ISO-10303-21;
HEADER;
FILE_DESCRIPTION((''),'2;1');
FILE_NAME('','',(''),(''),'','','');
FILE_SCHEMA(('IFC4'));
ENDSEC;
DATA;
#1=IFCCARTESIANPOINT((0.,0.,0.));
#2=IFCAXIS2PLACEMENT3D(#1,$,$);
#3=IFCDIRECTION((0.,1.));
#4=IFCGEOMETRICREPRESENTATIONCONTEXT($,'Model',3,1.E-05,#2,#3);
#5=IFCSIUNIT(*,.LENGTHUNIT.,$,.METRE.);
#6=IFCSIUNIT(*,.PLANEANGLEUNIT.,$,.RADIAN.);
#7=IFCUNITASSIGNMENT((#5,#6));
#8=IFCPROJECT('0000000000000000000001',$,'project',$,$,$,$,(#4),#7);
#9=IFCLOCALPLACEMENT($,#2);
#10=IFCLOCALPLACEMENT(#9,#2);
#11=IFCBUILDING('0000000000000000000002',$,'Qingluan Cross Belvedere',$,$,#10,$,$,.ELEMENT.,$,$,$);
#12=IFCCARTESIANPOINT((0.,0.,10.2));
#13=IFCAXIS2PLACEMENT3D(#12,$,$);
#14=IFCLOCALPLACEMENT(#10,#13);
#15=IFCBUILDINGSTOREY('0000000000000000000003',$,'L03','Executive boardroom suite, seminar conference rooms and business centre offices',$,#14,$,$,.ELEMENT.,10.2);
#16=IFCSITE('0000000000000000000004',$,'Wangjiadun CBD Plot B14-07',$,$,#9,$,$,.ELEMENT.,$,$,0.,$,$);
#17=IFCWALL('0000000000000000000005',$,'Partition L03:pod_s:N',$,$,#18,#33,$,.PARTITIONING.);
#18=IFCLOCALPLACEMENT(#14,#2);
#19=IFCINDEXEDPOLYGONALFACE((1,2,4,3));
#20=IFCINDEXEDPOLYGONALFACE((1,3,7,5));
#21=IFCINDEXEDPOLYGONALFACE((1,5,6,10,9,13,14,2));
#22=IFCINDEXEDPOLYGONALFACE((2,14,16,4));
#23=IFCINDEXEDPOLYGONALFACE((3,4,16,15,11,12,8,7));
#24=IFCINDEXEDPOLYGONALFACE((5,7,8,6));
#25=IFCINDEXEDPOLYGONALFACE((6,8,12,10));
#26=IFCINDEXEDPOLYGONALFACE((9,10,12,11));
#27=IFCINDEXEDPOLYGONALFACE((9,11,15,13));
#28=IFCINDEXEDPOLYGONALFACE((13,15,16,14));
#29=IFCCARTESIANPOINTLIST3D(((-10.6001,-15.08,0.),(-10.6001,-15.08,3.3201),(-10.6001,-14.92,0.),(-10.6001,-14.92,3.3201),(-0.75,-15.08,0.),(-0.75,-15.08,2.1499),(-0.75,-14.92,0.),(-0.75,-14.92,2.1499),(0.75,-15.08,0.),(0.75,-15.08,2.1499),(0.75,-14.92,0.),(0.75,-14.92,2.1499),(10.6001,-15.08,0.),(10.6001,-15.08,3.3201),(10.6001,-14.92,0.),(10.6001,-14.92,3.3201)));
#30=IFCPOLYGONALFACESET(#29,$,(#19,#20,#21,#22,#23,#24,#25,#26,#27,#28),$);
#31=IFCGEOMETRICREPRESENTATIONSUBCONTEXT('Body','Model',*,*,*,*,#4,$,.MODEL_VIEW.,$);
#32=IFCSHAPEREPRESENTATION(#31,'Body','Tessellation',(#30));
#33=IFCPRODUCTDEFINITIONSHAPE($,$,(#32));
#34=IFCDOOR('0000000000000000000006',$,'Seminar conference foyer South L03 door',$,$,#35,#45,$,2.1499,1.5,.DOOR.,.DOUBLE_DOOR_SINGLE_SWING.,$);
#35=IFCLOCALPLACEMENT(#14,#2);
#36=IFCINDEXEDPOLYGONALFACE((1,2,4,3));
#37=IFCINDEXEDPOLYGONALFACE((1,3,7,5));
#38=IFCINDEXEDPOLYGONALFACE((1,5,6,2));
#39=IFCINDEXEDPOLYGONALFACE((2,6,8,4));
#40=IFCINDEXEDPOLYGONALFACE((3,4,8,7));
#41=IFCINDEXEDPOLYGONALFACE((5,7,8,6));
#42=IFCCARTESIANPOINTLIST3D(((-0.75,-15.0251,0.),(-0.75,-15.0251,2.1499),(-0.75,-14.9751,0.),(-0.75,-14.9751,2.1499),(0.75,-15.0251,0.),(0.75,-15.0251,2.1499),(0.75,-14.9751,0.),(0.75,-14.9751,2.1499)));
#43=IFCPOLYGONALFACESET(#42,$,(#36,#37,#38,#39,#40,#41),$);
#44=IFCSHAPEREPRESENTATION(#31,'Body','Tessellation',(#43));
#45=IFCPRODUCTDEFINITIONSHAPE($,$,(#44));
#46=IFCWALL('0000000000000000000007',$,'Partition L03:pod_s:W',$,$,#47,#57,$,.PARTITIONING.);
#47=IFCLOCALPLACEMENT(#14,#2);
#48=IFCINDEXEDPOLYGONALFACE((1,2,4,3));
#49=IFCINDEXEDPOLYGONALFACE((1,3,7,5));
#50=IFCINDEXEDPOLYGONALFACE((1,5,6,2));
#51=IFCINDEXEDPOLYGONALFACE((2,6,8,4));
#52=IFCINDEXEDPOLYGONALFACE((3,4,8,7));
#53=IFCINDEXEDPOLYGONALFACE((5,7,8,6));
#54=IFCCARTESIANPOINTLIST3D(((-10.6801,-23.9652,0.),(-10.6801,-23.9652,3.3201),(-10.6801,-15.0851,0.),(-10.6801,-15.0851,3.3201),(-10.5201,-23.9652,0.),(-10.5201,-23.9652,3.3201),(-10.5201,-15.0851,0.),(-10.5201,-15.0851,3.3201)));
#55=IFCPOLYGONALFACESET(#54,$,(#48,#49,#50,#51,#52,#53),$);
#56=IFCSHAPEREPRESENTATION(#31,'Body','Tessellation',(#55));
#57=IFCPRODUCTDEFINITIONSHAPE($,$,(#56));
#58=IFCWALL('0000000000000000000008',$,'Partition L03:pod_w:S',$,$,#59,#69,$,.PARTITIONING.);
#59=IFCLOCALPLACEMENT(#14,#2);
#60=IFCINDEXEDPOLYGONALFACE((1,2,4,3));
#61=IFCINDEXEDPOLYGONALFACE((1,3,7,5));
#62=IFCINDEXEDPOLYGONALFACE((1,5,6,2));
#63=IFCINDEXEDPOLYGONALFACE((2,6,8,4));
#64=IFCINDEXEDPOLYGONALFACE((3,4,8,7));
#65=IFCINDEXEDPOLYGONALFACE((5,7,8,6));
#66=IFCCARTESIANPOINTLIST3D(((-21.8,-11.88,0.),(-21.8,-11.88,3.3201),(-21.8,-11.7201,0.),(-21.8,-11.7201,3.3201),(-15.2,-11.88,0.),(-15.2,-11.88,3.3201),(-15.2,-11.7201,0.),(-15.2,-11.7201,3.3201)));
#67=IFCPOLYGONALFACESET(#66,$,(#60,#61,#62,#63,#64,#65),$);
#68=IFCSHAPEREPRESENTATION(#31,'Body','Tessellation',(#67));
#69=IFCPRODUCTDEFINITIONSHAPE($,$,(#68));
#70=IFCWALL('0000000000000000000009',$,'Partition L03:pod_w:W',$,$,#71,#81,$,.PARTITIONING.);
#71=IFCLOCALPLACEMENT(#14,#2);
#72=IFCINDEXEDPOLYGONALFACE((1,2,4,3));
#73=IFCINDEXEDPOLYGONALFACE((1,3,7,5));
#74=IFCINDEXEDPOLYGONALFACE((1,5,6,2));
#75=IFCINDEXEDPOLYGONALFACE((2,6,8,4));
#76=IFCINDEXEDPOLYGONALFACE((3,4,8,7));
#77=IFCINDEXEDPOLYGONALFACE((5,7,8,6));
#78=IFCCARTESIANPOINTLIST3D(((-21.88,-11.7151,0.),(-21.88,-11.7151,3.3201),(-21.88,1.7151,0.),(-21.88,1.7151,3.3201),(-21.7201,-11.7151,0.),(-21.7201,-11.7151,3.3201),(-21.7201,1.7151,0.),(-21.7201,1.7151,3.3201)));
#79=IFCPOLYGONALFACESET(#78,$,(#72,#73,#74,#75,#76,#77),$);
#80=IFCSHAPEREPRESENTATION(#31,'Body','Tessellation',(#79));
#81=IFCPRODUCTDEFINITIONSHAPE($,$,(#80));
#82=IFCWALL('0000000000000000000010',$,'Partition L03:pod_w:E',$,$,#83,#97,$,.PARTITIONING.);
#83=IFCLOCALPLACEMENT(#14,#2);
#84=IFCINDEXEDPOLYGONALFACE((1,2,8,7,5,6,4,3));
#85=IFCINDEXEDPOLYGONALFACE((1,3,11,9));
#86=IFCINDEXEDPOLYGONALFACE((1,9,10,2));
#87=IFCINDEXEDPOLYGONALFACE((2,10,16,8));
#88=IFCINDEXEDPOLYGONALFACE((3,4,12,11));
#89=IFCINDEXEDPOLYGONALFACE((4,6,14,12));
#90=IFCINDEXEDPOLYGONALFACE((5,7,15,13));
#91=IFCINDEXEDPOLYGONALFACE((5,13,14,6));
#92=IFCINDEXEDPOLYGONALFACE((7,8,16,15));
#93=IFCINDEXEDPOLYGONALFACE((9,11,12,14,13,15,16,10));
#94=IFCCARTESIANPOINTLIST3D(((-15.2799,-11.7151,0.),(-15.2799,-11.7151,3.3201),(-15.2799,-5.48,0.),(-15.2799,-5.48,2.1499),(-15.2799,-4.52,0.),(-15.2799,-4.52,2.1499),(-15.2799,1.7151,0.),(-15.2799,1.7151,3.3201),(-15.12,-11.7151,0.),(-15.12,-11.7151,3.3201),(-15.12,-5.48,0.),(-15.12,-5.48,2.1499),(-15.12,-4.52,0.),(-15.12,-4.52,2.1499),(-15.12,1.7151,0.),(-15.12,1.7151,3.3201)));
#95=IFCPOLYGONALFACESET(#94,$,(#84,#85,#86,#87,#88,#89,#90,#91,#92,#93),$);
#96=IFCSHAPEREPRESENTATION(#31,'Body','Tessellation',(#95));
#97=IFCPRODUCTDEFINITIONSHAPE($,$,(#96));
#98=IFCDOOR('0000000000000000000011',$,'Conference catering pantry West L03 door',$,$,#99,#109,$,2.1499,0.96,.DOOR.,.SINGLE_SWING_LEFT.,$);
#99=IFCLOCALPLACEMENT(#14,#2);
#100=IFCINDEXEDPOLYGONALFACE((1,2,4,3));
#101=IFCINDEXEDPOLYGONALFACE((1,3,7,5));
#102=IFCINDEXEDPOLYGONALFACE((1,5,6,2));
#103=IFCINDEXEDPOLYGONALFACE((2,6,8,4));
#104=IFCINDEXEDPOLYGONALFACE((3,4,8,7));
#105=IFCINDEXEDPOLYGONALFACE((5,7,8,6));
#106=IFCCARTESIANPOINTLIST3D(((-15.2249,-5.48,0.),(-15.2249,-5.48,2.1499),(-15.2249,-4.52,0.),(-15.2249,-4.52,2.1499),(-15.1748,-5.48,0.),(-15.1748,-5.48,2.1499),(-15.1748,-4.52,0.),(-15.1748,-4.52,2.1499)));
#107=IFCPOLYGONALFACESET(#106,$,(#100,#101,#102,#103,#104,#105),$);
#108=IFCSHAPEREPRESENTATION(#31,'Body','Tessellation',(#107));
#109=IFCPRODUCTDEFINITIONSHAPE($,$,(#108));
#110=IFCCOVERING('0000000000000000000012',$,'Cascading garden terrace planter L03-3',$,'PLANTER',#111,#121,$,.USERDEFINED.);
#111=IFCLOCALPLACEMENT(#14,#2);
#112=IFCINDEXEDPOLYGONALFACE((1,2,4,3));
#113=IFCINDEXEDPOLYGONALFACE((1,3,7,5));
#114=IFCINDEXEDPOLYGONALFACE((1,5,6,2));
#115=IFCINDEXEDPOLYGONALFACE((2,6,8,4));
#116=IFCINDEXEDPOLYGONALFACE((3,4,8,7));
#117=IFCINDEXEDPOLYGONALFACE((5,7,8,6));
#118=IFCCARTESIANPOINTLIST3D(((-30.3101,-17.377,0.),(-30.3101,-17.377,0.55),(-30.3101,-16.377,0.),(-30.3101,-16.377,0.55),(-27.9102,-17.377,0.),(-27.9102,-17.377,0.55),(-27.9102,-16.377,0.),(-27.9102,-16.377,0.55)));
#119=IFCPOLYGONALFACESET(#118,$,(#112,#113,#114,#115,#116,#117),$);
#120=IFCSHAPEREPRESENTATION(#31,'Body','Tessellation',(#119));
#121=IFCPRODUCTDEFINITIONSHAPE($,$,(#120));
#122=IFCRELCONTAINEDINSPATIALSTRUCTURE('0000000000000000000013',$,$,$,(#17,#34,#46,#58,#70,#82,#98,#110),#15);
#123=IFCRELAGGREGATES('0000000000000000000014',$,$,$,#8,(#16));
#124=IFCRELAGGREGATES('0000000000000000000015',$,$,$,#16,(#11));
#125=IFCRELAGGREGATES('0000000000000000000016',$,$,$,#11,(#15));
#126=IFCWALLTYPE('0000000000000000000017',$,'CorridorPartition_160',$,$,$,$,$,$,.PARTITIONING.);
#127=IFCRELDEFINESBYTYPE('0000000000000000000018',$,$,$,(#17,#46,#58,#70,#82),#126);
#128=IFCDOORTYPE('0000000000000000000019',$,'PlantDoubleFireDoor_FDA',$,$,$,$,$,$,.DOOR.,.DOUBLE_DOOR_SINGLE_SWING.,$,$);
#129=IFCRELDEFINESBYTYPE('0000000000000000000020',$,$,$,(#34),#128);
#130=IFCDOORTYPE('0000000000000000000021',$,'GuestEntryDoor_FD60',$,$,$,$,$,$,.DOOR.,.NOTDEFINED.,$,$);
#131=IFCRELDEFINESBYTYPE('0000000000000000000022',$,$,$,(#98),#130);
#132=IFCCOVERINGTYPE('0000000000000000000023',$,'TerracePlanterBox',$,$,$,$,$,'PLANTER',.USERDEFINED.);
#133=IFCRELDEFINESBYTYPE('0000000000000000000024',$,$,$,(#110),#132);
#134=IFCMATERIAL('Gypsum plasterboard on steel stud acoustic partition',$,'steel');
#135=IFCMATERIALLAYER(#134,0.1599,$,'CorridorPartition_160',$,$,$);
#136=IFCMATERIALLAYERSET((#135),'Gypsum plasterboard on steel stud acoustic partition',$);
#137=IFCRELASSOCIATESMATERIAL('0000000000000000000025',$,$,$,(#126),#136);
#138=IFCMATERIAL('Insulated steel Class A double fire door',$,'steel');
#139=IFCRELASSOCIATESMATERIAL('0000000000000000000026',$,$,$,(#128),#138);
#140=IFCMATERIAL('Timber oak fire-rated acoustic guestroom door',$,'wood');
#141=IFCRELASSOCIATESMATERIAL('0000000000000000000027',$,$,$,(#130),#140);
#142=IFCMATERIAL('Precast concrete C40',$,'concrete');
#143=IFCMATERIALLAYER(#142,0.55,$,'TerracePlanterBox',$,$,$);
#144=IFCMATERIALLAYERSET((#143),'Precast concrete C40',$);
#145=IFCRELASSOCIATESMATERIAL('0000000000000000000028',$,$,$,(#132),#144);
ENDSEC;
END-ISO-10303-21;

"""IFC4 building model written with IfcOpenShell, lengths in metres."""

from ifc_helpers import new_model, si_unit, direction, frame, frame_2d, origin, origin_2d, place, context, subcontext, project, spatial, rectangle, extrude, material, layer, layer_set, type_object, element, fill, save


model = new_model("IFC4")

# Units and contexts
model_context = context("Model", 3, precision=1e-05, world=origin(), true_north=direction((0.0, 1.0)))
body_context = subcontext(model_context, "Body", "Model", "MODEL_VIEW")
ifc_project = project(units=[si_unit("LENGTHUNIT", "METRE"), si_unit("PLANEANGLEUNIT", "RADIAN")], contexts=[model_context])

# Site, building, storey
site_placement = place(None, origin())
site = spatial("IfcSite", under=ifc_project, at=site_placement, Name="Wangjiadun CBD Plot B14-07", CompositionType="ELEMENT", RefElevation=0.0)
building_placement = place(site_placement, origin())
building = spatial("IfcBuilding", under=site, at=building_placement, Name="Qingluan Cross Belvedere", CompositionType="ELEMENT")
storey_placement = place(building_placement, frame((0.0, 0.0, 10.2)))
storey = spatial("IfcBuildingStorey", under=building, at=storey_placement, Name="L03", Description="Executive boardroom suite, seminar conference rooms and business centre offices", CompositionType="ELEMENT", Elevation=10.2)

# Wall, opening, door
ifc_material_1 = material(Name="Gypsum plasterboard on steel stud acoustic partition", Category="steel")
ifc_layer_1 = layer(ifc_material_1, 0.1599, Name="CorridorPartition_160")
ifc_layer_set_1 = layer_set([ifc_layer_1], Name="Gypsum plasterboard on steel stud acoustic partition")
wall_type = type_object("IfcWallType", Name="CorridorPartition_160", PredefinedType="PARTITIONING", material=ifc_layer_set_1)
wall_1_placement = place(storey_placement, frame((-10.6001, -15.0, 0.0), z_axis=(0.0, 0.0, 1.0), x_axis=(1.0, 0.0, 0.0)))
wall_1 = element("IfcWall", 1, at=wall_1_placement, inside=storey, type_object=wall_type, Name="Partition L03:pod_s:N", PredefinedType="PARTITIONING", context=body_context, shape_type="SweptSolid", body=[
    extrude(rectangle(XDim=21.2002, YDim=0.1599, at=frame_2d((10.6001, 0.0))), origin(), (0.0, 0.0, 1.0), 3.3201),
])
opening_1_placement = place(wall_1_placement, frame((9.8501, 0.0, 0.0)))
opening_1 = element("IfcOpeningElement", 2, at=opening_1_placement, cuts=wall_1, PredefinedType="OPENING", context=body_context, shape_type="SweptSolid", body=[
    extrude(rectangle(XDim=1.5, YDim=2.1499, at=frame_2d((0.75, 1.075))), frame((0.0, 0.0898, 0.0), z_axis=(0.0, -1.0, 0.0), x_axis=(1.0, 0.0, 0.0)), (0.0, 0.0, 1.0), 0.1799),
])
ifc_material_2 = material(Name="Insulated steel Class A double fire door", Category="steel")
door_type_1 = type_object("IfcDoorType", Name="PlantDoubleFireDoor_FDA", OperationType="DOUBLE_DOOR_SINGLE_SWING", PredefinedType="DOOR", material=ifc_material_2)
door_1_placement = place(opening_1_placement, origin())
door_1 = element("IfcDoor", 3, at=door_1_placement, inside=storey, type_object=door_type_1, Name="Seminar conference foyer South L03 door", OperationType="DOUBLE_DOOR_SINGLE_SWING", OverallHeight=2.1499, OverallWidth=1.5, PredefinedType="DOOR", context=body_context, shape_type="SweptSolid", body=[
    extrude(rectangle(XDim=1.5, YDim=2.1499, at=frame_2d((0.75, 1.075))), frame((0.0, 0.0249, 0.0), z_axis=(0.0, -1.0, 0.0), x_axis=(1.0, 0.0, 0.0)), (0.0, 0.0, 1.0), 0.05),
])
fill(opening_1, door_1)

# Walls
wall_2_placement = place(storey_placement, frame((-10.6001, -23.9651, 0.0), z_axis=(0.0, 0.0, 1.0), x_axis=(0.0, 1.0, 0.0)))
element("IfcWall", 4, at=wall_2_placement, inside=storey, type_object=wall_type, Name="Partition L03:pod_s:W", PredefinedType="PARTITIONING", context=body_context, shape_type="SweptSolid", body=[
    extrude(rectangle(XDim=8.8801, YDim=0.1599, at=frame_2d((4.4399, 0.0))), origin(), (0.0, 0.0, 1.0), 3.3201),
])
wall_3_placement = place(storey_placement, frame((-21.8, -11.8, 0.0), z_axis=(0.0, 0.0, 1.0), x_axis=(1.0, 0.0, 0.0)))
element("IfcWall", 5, at=wall_3_placement, inside=storey, type_object=wall_type, Name="Partition L03:pod_w:S", PredefinedType="PARTITIONING", context=body_context, shape_type="SweptSolid", body=[
    extrude(rectangle(XDim=6.6001, YDim=0.1599, at=frame_2d((3.3, 0.0))), origin(), (0.0, 0.0, 1.0), 3.3201),
])
wall_4_placement = place(storey_placement, frame((-21.8, -11.7151, 0.0), z_axis=(0.0, 0.0, 1.0), x_axis=(0.0, 1.0, 0.0)))
element("IfcWall", 6, at=wall_4_placement, inside=storey, type_object=wall_type, Name="Partition L03:pod_w:W", PredefinedType="PARTITIONING", context=body_context, shape_type="SweptSolid", body=[
    extrude(rectangle(XDim=13.4302, YDim=0.1599, at=frame_2d((6.7151, 0.0))), origin(), (0.0, 0.0, 1.0), 3.3201),
])

# Wall, opening, door
wall_5_placement = place(storey_placement, frame((-15.2, -11.7151, 0.0), z_axis=(0.0, 0.0, 1.0), x_axis=(0.0, 1.0, 0.0)))
wall_5 = element("IfcWall", 7, at=wall_5_placement, inside=storey, type_object=wall_type, Name="Partition L03:pod_w:E", PredefinedType="PARTITIONING", context=body_context, shape_type="SweptSolid", body=[
    extrude(rectangle(XDim=13.4302, YDim=0.1599, at=frame_2d((6.7151, 0.0))), origin(), (0.0, 0.0, 1.0), 3.3201),
])
opening_2_placement = place(wall_5_placement, frame((6.2351, 0.0, 0.0)))
opening_2 = element("IfcOpeningElement", 8, at=opening_2_placement, cuts=wall_5, PredefinedType="OPENING", context=body_context, shape_type="SweptSolid", body=[
    extrude(rectangle(XDim=0.96, YDim=2.1499, at=frame_2d((0.48, 1.075))), frame((0.0, 0.0898, 0.0), z_axis=(0.0, -1.0, 0.0), x_axis=(1.0, 0.0, 0.0)), (0.0, 0.0, 1.0), 0.1799),
])
ifc_material_3 = material(Name="Timber oak fire-rated acoustic guestroom door", Category="wood")
door_type_2 = type_object("IfcDoorType", Name="GuestEntryDoor_FD60", OperationType="NOTDEFINED", PredefinedType="DOOR", material=ifc_material_3)
door_2_placement = place(opening_2_placement, origin())
door_2 = element("IfcDoor", 9, at=door_2_placement, inside=storey, type_object=door_type_2, Name="Conference catering pantry West L03 door", OperationType="SINGLE_SWING_LEFT", OverallHeight=2.1499, OverallWidth=0.96, PredefinedType="DOOR", context=body_context, shape_type="SweptSolid", body=[
    extrude(rectangle(XDim=0.96, YDim=2.1499, at=frame_2d((0.48, 1.075))), frame((0.0, 0.0249, 0.0), z_axis=(0.0, -1.0, 0.0), x_axis=(1.0, 0.0, 0.0)), (0.0, 0.0, 1.0), 0.05),
])
fill(opening_2, door_2)

# Covering
ifc_material_4 = material(Name="Precast concrete C40", Category="concrete")
ifc_layer_2 = layer(ifc_material_4, 0.55, Name="TerracePlanterBox")
ifc_layer_set_2 = layer_set([ifc_layer_2], Name="Precast concrete C40")
covering_type = type_object("IfcCoveringType", Name="TerracePlanterBox", ElementType="PLANTER", PredefinedType="USERDEFINED", material=ifc_layer_set_2)
covering_placement = place(storey_placement, frame((-29.1101, -16.877, 0.0), z_axis=(0.0, 0.0, 1.0), x_axis=(1.0, 0.0, 0.0)))
element("IfcCovering", 10, at=covering_placement, inside=storey, type_object=covering_type, Name="Cascading garden terrace planter L03-3", ObjectType="PLANTER", PredefinedType="USERDEFINED", context=body_context, shape_type="SweptSolid", body=[
    extrude(rectangle(XDim=2.3999, YDim=1.0, at=origin_2d()), origin(), (0.0, 0.0, 1.0), 0.55),
])

save(model, "model.ifc")
